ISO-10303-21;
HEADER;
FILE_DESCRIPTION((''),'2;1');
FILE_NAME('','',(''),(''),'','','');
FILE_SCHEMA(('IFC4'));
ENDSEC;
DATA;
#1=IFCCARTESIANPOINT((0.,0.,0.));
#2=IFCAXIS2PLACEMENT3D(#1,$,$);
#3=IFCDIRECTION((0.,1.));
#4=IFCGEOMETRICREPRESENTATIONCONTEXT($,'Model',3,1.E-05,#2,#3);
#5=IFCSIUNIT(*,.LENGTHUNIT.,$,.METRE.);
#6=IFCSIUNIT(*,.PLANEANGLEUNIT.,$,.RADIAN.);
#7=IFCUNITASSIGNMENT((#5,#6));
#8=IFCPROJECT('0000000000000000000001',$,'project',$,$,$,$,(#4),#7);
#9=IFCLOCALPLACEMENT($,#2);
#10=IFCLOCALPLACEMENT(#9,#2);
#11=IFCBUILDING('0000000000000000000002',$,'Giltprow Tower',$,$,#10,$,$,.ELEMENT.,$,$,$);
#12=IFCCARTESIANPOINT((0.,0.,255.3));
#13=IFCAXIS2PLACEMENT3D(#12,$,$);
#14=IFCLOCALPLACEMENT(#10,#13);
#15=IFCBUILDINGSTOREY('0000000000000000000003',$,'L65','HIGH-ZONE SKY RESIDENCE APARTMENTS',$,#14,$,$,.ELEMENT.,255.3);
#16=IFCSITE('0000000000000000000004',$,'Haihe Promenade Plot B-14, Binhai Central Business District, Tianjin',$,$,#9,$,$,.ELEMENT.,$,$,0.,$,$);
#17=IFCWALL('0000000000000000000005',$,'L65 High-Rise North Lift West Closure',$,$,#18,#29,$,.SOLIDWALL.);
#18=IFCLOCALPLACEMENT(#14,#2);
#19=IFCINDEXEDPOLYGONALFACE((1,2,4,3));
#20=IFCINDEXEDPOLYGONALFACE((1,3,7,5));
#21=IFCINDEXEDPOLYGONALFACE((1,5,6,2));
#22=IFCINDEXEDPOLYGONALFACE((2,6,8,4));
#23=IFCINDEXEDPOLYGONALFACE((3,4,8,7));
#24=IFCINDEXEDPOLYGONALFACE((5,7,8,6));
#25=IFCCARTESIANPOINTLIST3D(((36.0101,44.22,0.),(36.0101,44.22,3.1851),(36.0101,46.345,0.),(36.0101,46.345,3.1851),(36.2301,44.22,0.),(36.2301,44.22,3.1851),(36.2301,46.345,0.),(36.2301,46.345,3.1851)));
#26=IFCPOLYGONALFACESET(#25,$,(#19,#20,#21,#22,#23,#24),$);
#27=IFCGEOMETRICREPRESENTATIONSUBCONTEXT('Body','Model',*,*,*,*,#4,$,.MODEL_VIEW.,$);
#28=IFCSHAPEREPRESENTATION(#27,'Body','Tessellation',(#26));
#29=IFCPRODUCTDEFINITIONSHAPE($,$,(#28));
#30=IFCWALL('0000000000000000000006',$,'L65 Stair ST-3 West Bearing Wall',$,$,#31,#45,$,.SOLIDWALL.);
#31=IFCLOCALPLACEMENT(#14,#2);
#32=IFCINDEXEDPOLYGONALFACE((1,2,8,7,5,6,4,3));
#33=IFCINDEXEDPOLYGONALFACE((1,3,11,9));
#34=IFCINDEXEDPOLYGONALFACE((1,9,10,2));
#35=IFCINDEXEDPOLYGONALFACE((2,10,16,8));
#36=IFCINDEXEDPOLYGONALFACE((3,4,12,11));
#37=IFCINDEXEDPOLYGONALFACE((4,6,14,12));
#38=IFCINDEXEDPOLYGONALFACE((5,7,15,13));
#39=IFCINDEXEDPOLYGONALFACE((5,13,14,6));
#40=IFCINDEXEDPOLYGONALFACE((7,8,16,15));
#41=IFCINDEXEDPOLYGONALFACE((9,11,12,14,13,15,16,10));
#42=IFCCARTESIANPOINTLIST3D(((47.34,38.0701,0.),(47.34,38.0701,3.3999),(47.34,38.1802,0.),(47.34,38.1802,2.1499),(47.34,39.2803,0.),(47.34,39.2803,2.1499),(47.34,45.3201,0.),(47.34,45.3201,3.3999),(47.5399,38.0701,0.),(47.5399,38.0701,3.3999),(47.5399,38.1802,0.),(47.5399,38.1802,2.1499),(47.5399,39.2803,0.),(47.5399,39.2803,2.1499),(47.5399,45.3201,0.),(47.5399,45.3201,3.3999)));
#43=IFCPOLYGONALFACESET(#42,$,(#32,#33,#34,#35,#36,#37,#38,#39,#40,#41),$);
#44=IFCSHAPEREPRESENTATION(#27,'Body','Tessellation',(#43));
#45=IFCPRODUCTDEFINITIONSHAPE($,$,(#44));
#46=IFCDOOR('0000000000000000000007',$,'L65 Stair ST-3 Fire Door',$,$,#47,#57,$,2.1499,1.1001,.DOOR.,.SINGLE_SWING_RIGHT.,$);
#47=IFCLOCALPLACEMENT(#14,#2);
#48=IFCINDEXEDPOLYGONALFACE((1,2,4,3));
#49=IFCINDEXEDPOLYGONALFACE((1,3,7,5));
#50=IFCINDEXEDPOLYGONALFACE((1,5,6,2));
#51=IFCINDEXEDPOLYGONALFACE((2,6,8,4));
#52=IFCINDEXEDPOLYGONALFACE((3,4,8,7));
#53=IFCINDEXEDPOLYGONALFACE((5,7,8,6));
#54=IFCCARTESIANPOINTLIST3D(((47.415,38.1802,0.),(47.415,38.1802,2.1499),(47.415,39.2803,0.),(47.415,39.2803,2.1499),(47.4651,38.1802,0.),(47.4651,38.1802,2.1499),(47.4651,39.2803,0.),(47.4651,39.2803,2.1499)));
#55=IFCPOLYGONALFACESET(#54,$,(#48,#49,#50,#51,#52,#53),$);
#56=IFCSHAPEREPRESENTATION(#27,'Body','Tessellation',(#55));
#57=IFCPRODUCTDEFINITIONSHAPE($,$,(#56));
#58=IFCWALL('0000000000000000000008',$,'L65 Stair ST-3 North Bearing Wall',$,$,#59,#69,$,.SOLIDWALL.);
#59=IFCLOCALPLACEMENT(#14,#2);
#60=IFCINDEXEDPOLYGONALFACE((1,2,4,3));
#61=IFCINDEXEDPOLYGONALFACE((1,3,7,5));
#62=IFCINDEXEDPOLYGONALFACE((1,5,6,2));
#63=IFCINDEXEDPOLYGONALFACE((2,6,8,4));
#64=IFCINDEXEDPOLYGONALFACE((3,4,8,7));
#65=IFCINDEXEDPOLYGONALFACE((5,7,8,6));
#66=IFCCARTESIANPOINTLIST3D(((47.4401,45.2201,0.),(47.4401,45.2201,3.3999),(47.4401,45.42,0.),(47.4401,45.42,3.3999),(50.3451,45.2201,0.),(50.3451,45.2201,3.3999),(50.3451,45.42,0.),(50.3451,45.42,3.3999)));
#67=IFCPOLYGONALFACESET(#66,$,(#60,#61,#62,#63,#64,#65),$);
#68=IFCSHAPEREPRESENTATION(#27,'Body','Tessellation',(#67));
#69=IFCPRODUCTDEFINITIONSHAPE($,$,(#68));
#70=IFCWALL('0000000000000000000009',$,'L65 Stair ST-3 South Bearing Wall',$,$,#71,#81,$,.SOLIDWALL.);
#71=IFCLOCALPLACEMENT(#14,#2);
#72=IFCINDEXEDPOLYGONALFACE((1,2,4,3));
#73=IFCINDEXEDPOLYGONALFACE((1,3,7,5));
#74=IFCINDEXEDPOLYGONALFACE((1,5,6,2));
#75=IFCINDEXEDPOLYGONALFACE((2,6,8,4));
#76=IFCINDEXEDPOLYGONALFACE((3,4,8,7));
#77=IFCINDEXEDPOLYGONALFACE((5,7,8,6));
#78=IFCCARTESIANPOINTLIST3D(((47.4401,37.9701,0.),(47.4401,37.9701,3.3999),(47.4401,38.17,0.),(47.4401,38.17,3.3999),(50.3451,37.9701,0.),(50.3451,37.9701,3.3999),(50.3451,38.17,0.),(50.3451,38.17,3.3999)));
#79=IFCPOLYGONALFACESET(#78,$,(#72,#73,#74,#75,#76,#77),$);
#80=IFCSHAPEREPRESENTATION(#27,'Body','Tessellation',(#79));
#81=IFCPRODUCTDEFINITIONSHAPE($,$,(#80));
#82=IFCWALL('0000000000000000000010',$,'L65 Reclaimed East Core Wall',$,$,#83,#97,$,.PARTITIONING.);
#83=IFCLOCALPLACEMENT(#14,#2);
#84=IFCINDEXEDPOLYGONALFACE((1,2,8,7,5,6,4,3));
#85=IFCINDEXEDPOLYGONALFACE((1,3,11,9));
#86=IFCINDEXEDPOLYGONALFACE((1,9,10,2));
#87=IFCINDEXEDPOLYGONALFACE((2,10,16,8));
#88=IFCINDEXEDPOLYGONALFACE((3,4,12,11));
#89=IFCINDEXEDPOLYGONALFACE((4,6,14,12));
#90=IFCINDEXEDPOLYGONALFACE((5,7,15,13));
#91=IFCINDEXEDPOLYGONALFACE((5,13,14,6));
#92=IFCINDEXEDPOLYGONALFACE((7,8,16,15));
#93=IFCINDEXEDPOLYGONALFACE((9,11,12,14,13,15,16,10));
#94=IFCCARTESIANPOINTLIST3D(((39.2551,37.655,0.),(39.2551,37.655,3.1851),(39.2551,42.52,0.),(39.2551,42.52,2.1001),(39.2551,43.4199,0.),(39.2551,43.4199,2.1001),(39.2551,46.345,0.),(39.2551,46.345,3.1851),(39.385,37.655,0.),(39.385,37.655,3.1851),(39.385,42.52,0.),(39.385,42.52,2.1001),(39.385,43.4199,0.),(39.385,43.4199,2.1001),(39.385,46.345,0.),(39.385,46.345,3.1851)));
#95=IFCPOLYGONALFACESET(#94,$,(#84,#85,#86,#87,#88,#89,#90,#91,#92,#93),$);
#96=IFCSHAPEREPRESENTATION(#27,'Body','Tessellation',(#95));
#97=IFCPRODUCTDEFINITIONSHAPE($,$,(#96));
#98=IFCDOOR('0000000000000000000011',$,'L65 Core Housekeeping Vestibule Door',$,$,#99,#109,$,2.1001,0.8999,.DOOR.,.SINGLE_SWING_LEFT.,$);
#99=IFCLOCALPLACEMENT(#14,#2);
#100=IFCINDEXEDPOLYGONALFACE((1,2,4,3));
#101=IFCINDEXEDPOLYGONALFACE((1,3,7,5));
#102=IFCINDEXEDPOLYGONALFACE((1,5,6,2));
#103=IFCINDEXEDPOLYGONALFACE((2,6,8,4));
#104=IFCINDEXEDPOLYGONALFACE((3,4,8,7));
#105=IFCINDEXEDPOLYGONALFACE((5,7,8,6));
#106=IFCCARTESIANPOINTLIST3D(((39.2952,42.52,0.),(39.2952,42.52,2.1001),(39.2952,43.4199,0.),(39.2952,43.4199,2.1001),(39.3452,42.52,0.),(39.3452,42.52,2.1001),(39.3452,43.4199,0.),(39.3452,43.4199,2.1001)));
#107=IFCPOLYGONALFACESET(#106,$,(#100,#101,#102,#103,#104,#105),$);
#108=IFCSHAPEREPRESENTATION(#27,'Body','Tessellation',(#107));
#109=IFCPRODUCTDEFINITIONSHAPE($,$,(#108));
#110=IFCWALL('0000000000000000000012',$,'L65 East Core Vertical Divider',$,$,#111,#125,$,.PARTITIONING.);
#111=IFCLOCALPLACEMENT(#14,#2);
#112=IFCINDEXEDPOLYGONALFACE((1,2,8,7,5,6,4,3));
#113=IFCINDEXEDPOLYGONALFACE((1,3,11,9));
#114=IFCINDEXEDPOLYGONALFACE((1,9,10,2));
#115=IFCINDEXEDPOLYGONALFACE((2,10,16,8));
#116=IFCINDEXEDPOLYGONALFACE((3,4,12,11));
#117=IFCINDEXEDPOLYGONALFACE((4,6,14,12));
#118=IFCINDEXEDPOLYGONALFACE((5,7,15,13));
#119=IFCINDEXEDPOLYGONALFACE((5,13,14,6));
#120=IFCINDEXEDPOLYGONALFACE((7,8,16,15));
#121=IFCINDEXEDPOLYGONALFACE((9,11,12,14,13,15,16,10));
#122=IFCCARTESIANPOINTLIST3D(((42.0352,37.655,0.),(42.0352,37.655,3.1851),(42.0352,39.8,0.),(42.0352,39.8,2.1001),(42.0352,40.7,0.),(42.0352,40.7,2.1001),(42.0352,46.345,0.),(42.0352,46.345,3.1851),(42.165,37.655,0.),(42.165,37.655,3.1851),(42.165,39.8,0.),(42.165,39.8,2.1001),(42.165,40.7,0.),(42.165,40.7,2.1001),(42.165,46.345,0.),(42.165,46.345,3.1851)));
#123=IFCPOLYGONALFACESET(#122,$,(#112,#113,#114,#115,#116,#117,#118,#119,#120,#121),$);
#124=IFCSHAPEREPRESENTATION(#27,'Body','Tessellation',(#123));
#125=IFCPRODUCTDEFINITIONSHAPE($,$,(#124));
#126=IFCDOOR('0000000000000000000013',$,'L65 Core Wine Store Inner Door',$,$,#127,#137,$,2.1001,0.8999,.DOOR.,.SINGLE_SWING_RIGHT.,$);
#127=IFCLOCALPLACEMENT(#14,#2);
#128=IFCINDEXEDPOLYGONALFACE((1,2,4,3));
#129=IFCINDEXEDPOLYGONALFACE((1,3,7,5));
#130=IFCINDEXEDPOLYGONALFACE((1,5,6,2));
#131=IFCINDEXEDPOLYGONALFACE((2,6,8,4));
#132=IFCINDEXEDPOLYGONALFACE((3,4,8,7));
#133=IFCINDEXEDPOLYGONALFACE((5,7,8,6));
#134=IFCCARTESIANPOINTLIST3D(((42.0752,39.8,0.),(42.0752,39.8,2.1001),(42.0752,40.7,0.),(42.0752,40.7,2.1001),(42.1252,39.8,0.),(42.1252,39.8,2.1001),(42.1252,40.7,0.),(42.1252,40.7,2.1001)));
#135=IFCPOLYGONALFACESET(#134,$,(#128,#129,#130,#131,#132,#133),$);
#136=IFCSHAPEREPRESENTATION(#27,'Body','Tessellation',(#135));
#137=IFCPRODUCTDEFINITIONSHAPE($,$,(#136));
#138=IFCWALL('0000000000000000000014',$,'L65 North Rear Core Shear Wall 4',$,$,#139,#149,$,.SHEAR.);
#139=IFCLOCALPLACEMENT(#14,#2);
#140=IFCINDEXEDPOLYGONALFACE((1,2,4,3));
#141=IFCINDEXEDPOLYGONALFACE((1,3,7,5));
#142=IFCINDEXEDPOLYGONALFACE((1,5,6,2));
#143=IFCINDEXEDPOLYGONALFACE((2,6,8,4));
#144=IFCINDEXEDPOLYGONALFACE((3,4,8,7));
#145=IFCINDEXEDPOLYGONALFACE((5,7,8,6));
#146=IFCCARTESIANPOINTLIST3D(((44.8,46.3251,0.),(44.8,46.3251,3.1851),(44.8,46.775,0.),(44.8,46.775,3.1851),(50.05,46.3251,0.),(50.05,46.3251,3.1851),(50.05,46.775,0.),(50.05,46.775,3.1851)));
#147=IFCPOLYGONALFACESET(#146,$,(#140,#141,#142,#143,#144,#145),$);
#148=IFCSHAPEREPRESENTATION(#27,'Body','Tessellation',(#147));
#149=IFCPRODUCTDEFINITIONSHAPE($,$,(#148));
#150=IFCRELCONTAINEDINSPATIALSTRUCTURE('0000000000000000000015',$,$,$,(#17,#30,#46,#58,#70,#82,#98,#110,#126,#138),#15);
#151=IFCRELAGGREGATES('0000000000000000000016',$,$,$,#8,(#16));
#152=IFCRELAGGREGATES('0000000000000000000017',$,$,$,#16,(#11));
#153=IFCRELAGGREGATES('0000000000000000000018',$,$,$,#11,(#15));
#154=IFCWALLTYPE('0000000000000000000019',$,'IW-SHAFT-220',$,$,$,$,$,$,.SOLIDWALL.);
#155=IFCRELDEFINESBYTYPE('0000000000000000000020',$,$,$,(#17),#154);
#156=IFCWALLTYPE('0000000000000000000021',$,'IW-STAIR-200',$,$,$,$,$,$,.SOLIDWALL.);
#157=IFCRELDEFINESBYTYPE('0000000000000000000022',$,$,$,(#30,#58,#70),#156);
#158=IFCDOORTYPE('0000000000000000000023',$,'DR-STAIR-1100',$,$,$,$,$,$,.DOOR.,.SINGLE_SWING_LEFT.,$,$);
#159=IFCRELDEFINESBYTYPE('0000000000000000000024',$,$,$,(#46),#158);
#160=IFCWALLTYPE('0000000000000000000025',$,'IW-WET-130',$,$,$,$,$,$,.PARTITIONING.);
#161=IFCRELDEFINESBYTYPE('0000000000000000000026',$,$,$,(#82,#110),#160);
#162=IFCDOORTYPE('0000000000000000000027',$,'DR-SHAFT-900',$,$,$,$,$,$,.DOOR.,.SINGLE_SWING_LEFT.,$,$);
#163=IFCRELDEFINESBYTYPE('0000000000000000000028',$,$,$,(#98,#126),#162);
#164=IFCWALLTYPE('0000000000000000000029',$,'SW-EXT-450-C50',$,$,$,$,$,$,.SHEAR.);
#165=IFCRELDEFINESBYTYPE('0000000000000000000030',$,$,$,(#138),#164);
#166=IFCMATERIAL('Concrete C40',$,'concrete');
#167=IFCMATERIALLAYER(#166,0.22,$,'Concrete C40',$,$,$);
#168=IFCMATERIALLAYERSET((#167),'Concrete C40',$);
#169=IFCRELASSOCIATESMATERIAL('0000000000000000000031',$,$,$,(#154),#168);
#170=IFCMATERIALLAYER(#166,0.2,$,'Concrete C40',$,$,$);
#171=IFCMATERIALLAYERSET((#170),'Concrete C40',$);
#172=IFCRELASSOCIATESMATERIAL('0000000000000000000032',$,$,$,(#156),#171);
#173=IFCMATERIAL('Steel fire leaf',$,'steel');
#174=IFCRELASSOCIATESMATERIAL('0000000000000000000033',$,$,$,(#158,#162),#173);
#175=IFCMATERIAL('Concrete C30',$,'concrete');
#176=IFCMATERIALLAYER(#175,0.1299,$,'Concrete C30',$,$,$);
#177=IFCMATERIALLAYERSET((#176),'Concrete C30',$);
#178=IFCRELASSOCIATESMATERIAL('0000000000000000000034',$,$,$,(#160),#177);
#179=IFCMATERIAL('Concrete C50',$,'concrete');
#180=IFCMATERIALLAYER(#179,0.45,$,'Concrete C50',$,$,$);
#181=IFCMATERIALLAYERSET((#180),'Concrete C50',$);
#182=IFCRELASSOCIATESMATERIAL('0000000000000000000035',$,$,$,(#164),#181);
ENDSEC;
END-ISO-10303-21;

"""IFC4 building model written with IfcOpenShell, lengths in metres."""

from ifc_helpers import new_model, si_unit, direction, frame, frame_2d, origin, place, context, subcontext, project, spatial, rectangle, extrude, source, transform, mapped, material, layer, layer_set, type_object, element, fill, save


model = new_model("IFC4")

# Units and contexts
model_context = context("Model", 3, precision=1e-05, world=origin(), true_north=direction((0.0, 1.0)))
body_context = subcontext(model_context, "Body", "Model", "MODEL_VIEW")
ifc_project = project(units=[si_unit("LENGTHUNIT", "METRE"), si_unit("PLANEANGLEUNIT", "RADIAN")], contexts=[model_context])

# Site, building, storey
site_placement = place(None, origin())
site = spatial("IfcSite", under=ifc_project, at=site_placement, Name="Haihe Promenade Plot B-14, Binhai Central Business District, Tianjin", CompositionType="ELEMENT", RefElevation=0.0)
building_placement = place(site_placement, origin())
building = spatial("IfcBuilding", under=site, at=building_placement, Name="Giltprow Tower", CompositionType="ELEMENT")
storey_placement = place(building_placement, frame((0.0, 0.0, 255.3)))
storey = spatial("IfcBuildingStorey", under=building, at=storey_placement, Name="L65", Description="HIGH-ZONE SKY RESIDENCE APARTMENTS", CompositionType="ELEMENT", Elevation=255.3)

# Shared definitions
ifc_material_1 = material(Name="Concrete C50", Category="concrete")

# Shared definitions
ifc_material_2 = material(Name="Concrete C40", Category="concrete")
ifc_layer_1 = layer(ifc_material_2, 0.22, Name="Concrete C40")
ifc_layer_set_1 = layer_set([ifc_layer_1], Name="Concrete C40")
wall_type_1 = type_object("IfcWallType", Name="IW-SHAFT-220", PredefinedType="SOLIDWALL", material=ifc_layer_set_1)

# Wall
wall_1_placement = place(storey_placement, frame((36.1201, 44.22, 0.0), z_axis=(0.0, 0.0, 1.0), x_axis=(0.0, 1.0, 0.0)))
element("IfcWall", 1, at=wall_1_placement, inside=storey, type_object=wall_type_1, Name="L65 High-Rise North Lift West Closure", PredefinedType="SOLIDWALL", context=body_context, shape_type="SweptSolid", body=[
    extrude(rectangle(XDim=2.125, YDim=0.22, at=frame_2d((1.0625, 0.0))), origin(), (0.0, 0.0, 1.0), 3.1851),
])

# Wall, opening, door
ifc_layer_2 = layer(ifc_material_2, 0.2, Name="Concrete C40")
ifc_layer_set_2 = layer_set([ifc_layer_2], Name="Concrete C40")
wall_type_2 = type_object("IfcWallType", Name="IW-STAIR-200", PredefinedType="SOLIDWALL", material=ifc_layer_set_2)
wall_2_placement = place(storey_placement, frame((47.4399, 38.0701, 0.0), z_axis=(0.0, 0.0, 1.0), x_axis=(0.0, 1.0, 0.0)))
wall_2 = element("IfcWall", 2, at=wall_2_placement, inside=storey, type_object=wall_type_2, Name="L65 Stair ST-3 West Bearing Wall", PredefinedType="SOLIDWALL", context=body_context, shape_type="SweptSolid", body=[
    extrude(rectangle(XDim=7.25, YDim=0.2, at=frame_2d((3.625, 0.0))), origin(), (0.0, 0.0, 1.0), 3.3999),
])
opening_1_placement = place(wall_2_placement, frame((0.1101, 0.0, 0.0)))
opening_1 = element("IfcOpeningElement", 3, at=opening_1_placement, cuts=wall_2, PredefinedType="OPENING", context=body_context, shape_type="SweptSolid", body=[
    extrude(rectangle(XDim=1.1001, YDim=2.1499, at=frame_2d((0.55, 1.075))), frame((0.0, 0.1099, 0.0), z_axis=(0.0, -1.0, 0.0), x_axis=(1.0, 0.0, 0.0)), (0.0, 0.0, 1.0), 0.22),
])
ifc_material_3 = material(Name="Steel fire leaf", Category="steel")
door_type_1 = type_object("IfcDoorType", Name="DR-STAIR-1100", OperationType="SINGLE_SWING_LEFT", PredefinedType="DOOR", material=ifc_material_3)
shared_shape_1 = source(origin(), body_context, "Body", "SweptSolid", [
    extrude(rectangle(XDim=1.1001, YDim=2.1499, at=frame_2d((0.55, 1.075))), frame((0.0, 0.0249, 0.0), z_axis=(0.0, -1.0, 0.0), x_axis=(1.0, 0.0, 0.0)), (0.0, 0.0, 1.0), 0.05),
])
door_1_placement = place(opening_1_placement, origin())
door_1 = element("IfcDoor", 4, at=door_1_placement, inside=storey, type_object=door_type_1, Name="L65 Stair ST-3 Fire Door", OperationType="SINGLE_SWING_RIGHT", OverallHeight=2.1499, OverallWidth=1.1001, PredefinedType="DOOR", context=body_context, shape_type="MappedRepresentation", body=[
    mapped(shared_shape_1, transform((0.0, 0.0, 0.0), x_axis=(1.0, 0.0, 0.0), y_axis=(0.0, 1.0, 0.0), z_axis=(0.0, 0.0, 1.0), scale=1.0)),
])
fill(opening_1, door_1)

# Walls
for number, where, z_axis, x_axis, name in (
    (5, (47.4399, 45.3201, 0.0), (0.0, 0.0, 1.0), (1.0, 0.0, 0.0), "L65 Stair ST-3 North Bearing Wall"),
    (6, (47.4399, 38.0701, 0.0), (0.0, 0.0, 1.0), (1.0, 0.0, 0.0), "L65 Stair ST-3 South Bearing Wall"),
):
    element("IfcWall", number, at=place(storey_placement, frame(where, z_axis=z_axis, x_axis=x_axis)), inside=storey, type_object=wall_type_2, Name=name, PredefinedType="SOLIDWALL", context=body_context, shape_type="SweptSolid", body=[
        extrude(rectangle(XDim=2.905, YDim=0.2, at=frame_2d((1.4526, 0.0))), origin(), (0.0, 0.0, 1.0), 3.3999),
    ])

# Walls, openings, doors
ifc_material_4 = material(Name="Concrete C30", Category="concrete")
ifc_layer_3 = layer(ifc_material_4, 0.1299, Name="Concrete C30")
ifc_layer_set_3 = layer_set([ifc_layer_3], Name="Concrete C30")
wall_type_3 = type_object("IfcWallType", Name="IW-WET-130", PredefinedType="PARTITIONING", material=ifc_layer_set_3)
wall_3_placement = place(storey_placement, frame((39.3201, 37.655, 0.0), z_axis=(0.0, 0.0, 1.0), x_axis=(0.0, 1.0, 0.0)))
wall_3 = element("IfcWall", 7, at=wall_3_placement, inside=storey, type_object=wall_type_3, Name="L65 Reclaimed East Core Wall", PredefinedType="PARTITIONING", context=body_context, shape_type="SweptSolid", body=[
    extrude(rectangle(XDim=8.6899, YDim=0.1299, at=frame_2d((4.345, 0.0))), origin(), (0.0, 0.0, 1.0), 3.1851),
])
opening_2_placement = place(wall_3_placement, frame((4.865, 0.0, 0.0)))
opening_2 = element("IfcOpeningElement", 8, at=opening_2_placement, cuts=wall_3, PredefinedType="OPENING", context=body_context, shape_type="SweptSolid", body=[
    extrude(rectangle(XDim=0.8999, YDim=2.1001, at=frame_2d((0.45, 1.05))), frame((0.0, 0.075, 0.0), z_axis=(0.0, -1.0, 0.0), x_axis=(1.0, 0.0, 0.0)), (0.0, 0.0, 1.0), 0.1499),
])
door_type_2 = type_object("IfcDoorType", Name="DR-SHAFT-900", OperationType="SINGLE_SWING_LEFT", PredefinedType="DOOR", material=ifc_material_3)
shared_shape_2 = source(origin(), body_context, "Body", "SweptSolid", [
    extrude(rectangle(XDim=0.8999, YDim=2.1001, at=frame_2d((0.45, 1.05))), frame((0.0, 0.0249, 0.0), z_axis=(0.0, -1.0, 0.0), x_axis=(1.0, 0.0, 0.0)), (0.0, 0.0, 1.0), 0.05),
])
door_2_placement = place(opening_2_placement, origin())
door_2 = element("IfcDoor", 9, at=door_2_placement, inside=storey, type_object=door_type_2, Name="L65 Core Housekeeping Vestibule Door", OperationType="SINGLE_SWING_LEFT", OverallHeight=2.1001, OverallWidth=0.8999, PredefinedType="DOOR", context=body_context, shape_type="MappedRepresentation", body=[
    mapped(shared_shape_2, transform((0.0, 0.0, 0.0), x_axis=(1.0, 0.0, 0.0), y_axis=(0.0, 1.0, 0.0), z_axis=(0.0, 0.0, 1.0), scale=1.0)),
])
fill(opening_2, door_2)
wall_4_placement = place(storey_placement, frame((42.1001, 37.655, 0.0), z_axis=(0.0, 0.0, 1.0), x_axis=(0.0, 1.0, 0.0)))
wall_4 = element("IfcWall", 10, at=wall_4_placement, inside=storey, type_object=wall_type_3, Name="L65 East Core Vertical Divider", PredefinedType="PARTITIONING", context=body_context, shape_type="SweptSolid", body=[
    extrude(rectangle(XDim=8.6899, YDim=0.1299, at=frame_2d((4.345, 0.0))), origin(), (0.0, 0.0, 1.0), 3.1851),
])
opening_3_placement = place(wall_4_placement, frame((2.145, 0.0, 0.0)))
opening_3 = element("IfcOpeningElement", 11, at=opening_3_placement, cuts=wall_4, PredefinedType="OPENING", context=body_context, shape_type="SweptSolid", body=[
    extrude(rectangle(XDim=0.8999, YDim=2.1001, at=frame_2d((0.45, 1.05))), frame((0.0, 0.075, 0.0), z_axis=(0.0, -1.0, 0.0), x_axis=(1.0, 0.0, 0.0)), (0.0, 0.0, 1.0), 0.1499),
])
door_3_placement = place(opening_3_placement, origin())
door_3 = element("IfcDoor", 12, at=door_3_placement, inside=storey, type_object=door_type_2, Name="L65 Core Wine Store Inner Door", OperationType="SINGLE_SWING_RIGHT", OverallHeight=2.1001, OverallWidth=0.8999, PredefinedType="DOOR", context=body_context, shape_type="MappedRepresentation", body=[
    mapped(shared_shape_2, transform((0.0, 0.0, 0.0), x_axis=(1.0, 0.0, 0.0), y_axis=(0.0, 1.0, 0.0), z_axis=(0.0, 0.0, 1.0), scale=1.0)),
])
fill(opening_3, door_3)

# Wall
ifc_layer_4 = layer(ifc_material_1, 0.45, Name="Concrete C50")
ifc_layer_set_4 = layer_set([ifc_layer_4], Name="Concrete C50")
wall_type_4 = type_object("IfcWallType", Name="SW-EXT-450-C50", PredefinedType="SHEAR", material=ifc_layer_set_4)
wall_5_placement = place(storey_placement, frame((44.8, 46.55, 0.0), z_axis=(0.0, 0.0, 1.0), x_axis=(1.0, 0.0, 0.0)))
element("IfcWall", 13, at=wall_5_placement, inside=storey, type_object=wall_type_4, Name="L65 North Rear Core Shear Wall 4", PredefinedType="SHEAR", context=body_context, shape_type="SweptSolid", body=[
    extrude(rectangle(XDim=5.25, YDim=0.45, at=frame_2d((2.625, 0.0))), origin(), (0.0, 0.0, 1.0), 3.1851),
])

save(model, "model.ifc")
